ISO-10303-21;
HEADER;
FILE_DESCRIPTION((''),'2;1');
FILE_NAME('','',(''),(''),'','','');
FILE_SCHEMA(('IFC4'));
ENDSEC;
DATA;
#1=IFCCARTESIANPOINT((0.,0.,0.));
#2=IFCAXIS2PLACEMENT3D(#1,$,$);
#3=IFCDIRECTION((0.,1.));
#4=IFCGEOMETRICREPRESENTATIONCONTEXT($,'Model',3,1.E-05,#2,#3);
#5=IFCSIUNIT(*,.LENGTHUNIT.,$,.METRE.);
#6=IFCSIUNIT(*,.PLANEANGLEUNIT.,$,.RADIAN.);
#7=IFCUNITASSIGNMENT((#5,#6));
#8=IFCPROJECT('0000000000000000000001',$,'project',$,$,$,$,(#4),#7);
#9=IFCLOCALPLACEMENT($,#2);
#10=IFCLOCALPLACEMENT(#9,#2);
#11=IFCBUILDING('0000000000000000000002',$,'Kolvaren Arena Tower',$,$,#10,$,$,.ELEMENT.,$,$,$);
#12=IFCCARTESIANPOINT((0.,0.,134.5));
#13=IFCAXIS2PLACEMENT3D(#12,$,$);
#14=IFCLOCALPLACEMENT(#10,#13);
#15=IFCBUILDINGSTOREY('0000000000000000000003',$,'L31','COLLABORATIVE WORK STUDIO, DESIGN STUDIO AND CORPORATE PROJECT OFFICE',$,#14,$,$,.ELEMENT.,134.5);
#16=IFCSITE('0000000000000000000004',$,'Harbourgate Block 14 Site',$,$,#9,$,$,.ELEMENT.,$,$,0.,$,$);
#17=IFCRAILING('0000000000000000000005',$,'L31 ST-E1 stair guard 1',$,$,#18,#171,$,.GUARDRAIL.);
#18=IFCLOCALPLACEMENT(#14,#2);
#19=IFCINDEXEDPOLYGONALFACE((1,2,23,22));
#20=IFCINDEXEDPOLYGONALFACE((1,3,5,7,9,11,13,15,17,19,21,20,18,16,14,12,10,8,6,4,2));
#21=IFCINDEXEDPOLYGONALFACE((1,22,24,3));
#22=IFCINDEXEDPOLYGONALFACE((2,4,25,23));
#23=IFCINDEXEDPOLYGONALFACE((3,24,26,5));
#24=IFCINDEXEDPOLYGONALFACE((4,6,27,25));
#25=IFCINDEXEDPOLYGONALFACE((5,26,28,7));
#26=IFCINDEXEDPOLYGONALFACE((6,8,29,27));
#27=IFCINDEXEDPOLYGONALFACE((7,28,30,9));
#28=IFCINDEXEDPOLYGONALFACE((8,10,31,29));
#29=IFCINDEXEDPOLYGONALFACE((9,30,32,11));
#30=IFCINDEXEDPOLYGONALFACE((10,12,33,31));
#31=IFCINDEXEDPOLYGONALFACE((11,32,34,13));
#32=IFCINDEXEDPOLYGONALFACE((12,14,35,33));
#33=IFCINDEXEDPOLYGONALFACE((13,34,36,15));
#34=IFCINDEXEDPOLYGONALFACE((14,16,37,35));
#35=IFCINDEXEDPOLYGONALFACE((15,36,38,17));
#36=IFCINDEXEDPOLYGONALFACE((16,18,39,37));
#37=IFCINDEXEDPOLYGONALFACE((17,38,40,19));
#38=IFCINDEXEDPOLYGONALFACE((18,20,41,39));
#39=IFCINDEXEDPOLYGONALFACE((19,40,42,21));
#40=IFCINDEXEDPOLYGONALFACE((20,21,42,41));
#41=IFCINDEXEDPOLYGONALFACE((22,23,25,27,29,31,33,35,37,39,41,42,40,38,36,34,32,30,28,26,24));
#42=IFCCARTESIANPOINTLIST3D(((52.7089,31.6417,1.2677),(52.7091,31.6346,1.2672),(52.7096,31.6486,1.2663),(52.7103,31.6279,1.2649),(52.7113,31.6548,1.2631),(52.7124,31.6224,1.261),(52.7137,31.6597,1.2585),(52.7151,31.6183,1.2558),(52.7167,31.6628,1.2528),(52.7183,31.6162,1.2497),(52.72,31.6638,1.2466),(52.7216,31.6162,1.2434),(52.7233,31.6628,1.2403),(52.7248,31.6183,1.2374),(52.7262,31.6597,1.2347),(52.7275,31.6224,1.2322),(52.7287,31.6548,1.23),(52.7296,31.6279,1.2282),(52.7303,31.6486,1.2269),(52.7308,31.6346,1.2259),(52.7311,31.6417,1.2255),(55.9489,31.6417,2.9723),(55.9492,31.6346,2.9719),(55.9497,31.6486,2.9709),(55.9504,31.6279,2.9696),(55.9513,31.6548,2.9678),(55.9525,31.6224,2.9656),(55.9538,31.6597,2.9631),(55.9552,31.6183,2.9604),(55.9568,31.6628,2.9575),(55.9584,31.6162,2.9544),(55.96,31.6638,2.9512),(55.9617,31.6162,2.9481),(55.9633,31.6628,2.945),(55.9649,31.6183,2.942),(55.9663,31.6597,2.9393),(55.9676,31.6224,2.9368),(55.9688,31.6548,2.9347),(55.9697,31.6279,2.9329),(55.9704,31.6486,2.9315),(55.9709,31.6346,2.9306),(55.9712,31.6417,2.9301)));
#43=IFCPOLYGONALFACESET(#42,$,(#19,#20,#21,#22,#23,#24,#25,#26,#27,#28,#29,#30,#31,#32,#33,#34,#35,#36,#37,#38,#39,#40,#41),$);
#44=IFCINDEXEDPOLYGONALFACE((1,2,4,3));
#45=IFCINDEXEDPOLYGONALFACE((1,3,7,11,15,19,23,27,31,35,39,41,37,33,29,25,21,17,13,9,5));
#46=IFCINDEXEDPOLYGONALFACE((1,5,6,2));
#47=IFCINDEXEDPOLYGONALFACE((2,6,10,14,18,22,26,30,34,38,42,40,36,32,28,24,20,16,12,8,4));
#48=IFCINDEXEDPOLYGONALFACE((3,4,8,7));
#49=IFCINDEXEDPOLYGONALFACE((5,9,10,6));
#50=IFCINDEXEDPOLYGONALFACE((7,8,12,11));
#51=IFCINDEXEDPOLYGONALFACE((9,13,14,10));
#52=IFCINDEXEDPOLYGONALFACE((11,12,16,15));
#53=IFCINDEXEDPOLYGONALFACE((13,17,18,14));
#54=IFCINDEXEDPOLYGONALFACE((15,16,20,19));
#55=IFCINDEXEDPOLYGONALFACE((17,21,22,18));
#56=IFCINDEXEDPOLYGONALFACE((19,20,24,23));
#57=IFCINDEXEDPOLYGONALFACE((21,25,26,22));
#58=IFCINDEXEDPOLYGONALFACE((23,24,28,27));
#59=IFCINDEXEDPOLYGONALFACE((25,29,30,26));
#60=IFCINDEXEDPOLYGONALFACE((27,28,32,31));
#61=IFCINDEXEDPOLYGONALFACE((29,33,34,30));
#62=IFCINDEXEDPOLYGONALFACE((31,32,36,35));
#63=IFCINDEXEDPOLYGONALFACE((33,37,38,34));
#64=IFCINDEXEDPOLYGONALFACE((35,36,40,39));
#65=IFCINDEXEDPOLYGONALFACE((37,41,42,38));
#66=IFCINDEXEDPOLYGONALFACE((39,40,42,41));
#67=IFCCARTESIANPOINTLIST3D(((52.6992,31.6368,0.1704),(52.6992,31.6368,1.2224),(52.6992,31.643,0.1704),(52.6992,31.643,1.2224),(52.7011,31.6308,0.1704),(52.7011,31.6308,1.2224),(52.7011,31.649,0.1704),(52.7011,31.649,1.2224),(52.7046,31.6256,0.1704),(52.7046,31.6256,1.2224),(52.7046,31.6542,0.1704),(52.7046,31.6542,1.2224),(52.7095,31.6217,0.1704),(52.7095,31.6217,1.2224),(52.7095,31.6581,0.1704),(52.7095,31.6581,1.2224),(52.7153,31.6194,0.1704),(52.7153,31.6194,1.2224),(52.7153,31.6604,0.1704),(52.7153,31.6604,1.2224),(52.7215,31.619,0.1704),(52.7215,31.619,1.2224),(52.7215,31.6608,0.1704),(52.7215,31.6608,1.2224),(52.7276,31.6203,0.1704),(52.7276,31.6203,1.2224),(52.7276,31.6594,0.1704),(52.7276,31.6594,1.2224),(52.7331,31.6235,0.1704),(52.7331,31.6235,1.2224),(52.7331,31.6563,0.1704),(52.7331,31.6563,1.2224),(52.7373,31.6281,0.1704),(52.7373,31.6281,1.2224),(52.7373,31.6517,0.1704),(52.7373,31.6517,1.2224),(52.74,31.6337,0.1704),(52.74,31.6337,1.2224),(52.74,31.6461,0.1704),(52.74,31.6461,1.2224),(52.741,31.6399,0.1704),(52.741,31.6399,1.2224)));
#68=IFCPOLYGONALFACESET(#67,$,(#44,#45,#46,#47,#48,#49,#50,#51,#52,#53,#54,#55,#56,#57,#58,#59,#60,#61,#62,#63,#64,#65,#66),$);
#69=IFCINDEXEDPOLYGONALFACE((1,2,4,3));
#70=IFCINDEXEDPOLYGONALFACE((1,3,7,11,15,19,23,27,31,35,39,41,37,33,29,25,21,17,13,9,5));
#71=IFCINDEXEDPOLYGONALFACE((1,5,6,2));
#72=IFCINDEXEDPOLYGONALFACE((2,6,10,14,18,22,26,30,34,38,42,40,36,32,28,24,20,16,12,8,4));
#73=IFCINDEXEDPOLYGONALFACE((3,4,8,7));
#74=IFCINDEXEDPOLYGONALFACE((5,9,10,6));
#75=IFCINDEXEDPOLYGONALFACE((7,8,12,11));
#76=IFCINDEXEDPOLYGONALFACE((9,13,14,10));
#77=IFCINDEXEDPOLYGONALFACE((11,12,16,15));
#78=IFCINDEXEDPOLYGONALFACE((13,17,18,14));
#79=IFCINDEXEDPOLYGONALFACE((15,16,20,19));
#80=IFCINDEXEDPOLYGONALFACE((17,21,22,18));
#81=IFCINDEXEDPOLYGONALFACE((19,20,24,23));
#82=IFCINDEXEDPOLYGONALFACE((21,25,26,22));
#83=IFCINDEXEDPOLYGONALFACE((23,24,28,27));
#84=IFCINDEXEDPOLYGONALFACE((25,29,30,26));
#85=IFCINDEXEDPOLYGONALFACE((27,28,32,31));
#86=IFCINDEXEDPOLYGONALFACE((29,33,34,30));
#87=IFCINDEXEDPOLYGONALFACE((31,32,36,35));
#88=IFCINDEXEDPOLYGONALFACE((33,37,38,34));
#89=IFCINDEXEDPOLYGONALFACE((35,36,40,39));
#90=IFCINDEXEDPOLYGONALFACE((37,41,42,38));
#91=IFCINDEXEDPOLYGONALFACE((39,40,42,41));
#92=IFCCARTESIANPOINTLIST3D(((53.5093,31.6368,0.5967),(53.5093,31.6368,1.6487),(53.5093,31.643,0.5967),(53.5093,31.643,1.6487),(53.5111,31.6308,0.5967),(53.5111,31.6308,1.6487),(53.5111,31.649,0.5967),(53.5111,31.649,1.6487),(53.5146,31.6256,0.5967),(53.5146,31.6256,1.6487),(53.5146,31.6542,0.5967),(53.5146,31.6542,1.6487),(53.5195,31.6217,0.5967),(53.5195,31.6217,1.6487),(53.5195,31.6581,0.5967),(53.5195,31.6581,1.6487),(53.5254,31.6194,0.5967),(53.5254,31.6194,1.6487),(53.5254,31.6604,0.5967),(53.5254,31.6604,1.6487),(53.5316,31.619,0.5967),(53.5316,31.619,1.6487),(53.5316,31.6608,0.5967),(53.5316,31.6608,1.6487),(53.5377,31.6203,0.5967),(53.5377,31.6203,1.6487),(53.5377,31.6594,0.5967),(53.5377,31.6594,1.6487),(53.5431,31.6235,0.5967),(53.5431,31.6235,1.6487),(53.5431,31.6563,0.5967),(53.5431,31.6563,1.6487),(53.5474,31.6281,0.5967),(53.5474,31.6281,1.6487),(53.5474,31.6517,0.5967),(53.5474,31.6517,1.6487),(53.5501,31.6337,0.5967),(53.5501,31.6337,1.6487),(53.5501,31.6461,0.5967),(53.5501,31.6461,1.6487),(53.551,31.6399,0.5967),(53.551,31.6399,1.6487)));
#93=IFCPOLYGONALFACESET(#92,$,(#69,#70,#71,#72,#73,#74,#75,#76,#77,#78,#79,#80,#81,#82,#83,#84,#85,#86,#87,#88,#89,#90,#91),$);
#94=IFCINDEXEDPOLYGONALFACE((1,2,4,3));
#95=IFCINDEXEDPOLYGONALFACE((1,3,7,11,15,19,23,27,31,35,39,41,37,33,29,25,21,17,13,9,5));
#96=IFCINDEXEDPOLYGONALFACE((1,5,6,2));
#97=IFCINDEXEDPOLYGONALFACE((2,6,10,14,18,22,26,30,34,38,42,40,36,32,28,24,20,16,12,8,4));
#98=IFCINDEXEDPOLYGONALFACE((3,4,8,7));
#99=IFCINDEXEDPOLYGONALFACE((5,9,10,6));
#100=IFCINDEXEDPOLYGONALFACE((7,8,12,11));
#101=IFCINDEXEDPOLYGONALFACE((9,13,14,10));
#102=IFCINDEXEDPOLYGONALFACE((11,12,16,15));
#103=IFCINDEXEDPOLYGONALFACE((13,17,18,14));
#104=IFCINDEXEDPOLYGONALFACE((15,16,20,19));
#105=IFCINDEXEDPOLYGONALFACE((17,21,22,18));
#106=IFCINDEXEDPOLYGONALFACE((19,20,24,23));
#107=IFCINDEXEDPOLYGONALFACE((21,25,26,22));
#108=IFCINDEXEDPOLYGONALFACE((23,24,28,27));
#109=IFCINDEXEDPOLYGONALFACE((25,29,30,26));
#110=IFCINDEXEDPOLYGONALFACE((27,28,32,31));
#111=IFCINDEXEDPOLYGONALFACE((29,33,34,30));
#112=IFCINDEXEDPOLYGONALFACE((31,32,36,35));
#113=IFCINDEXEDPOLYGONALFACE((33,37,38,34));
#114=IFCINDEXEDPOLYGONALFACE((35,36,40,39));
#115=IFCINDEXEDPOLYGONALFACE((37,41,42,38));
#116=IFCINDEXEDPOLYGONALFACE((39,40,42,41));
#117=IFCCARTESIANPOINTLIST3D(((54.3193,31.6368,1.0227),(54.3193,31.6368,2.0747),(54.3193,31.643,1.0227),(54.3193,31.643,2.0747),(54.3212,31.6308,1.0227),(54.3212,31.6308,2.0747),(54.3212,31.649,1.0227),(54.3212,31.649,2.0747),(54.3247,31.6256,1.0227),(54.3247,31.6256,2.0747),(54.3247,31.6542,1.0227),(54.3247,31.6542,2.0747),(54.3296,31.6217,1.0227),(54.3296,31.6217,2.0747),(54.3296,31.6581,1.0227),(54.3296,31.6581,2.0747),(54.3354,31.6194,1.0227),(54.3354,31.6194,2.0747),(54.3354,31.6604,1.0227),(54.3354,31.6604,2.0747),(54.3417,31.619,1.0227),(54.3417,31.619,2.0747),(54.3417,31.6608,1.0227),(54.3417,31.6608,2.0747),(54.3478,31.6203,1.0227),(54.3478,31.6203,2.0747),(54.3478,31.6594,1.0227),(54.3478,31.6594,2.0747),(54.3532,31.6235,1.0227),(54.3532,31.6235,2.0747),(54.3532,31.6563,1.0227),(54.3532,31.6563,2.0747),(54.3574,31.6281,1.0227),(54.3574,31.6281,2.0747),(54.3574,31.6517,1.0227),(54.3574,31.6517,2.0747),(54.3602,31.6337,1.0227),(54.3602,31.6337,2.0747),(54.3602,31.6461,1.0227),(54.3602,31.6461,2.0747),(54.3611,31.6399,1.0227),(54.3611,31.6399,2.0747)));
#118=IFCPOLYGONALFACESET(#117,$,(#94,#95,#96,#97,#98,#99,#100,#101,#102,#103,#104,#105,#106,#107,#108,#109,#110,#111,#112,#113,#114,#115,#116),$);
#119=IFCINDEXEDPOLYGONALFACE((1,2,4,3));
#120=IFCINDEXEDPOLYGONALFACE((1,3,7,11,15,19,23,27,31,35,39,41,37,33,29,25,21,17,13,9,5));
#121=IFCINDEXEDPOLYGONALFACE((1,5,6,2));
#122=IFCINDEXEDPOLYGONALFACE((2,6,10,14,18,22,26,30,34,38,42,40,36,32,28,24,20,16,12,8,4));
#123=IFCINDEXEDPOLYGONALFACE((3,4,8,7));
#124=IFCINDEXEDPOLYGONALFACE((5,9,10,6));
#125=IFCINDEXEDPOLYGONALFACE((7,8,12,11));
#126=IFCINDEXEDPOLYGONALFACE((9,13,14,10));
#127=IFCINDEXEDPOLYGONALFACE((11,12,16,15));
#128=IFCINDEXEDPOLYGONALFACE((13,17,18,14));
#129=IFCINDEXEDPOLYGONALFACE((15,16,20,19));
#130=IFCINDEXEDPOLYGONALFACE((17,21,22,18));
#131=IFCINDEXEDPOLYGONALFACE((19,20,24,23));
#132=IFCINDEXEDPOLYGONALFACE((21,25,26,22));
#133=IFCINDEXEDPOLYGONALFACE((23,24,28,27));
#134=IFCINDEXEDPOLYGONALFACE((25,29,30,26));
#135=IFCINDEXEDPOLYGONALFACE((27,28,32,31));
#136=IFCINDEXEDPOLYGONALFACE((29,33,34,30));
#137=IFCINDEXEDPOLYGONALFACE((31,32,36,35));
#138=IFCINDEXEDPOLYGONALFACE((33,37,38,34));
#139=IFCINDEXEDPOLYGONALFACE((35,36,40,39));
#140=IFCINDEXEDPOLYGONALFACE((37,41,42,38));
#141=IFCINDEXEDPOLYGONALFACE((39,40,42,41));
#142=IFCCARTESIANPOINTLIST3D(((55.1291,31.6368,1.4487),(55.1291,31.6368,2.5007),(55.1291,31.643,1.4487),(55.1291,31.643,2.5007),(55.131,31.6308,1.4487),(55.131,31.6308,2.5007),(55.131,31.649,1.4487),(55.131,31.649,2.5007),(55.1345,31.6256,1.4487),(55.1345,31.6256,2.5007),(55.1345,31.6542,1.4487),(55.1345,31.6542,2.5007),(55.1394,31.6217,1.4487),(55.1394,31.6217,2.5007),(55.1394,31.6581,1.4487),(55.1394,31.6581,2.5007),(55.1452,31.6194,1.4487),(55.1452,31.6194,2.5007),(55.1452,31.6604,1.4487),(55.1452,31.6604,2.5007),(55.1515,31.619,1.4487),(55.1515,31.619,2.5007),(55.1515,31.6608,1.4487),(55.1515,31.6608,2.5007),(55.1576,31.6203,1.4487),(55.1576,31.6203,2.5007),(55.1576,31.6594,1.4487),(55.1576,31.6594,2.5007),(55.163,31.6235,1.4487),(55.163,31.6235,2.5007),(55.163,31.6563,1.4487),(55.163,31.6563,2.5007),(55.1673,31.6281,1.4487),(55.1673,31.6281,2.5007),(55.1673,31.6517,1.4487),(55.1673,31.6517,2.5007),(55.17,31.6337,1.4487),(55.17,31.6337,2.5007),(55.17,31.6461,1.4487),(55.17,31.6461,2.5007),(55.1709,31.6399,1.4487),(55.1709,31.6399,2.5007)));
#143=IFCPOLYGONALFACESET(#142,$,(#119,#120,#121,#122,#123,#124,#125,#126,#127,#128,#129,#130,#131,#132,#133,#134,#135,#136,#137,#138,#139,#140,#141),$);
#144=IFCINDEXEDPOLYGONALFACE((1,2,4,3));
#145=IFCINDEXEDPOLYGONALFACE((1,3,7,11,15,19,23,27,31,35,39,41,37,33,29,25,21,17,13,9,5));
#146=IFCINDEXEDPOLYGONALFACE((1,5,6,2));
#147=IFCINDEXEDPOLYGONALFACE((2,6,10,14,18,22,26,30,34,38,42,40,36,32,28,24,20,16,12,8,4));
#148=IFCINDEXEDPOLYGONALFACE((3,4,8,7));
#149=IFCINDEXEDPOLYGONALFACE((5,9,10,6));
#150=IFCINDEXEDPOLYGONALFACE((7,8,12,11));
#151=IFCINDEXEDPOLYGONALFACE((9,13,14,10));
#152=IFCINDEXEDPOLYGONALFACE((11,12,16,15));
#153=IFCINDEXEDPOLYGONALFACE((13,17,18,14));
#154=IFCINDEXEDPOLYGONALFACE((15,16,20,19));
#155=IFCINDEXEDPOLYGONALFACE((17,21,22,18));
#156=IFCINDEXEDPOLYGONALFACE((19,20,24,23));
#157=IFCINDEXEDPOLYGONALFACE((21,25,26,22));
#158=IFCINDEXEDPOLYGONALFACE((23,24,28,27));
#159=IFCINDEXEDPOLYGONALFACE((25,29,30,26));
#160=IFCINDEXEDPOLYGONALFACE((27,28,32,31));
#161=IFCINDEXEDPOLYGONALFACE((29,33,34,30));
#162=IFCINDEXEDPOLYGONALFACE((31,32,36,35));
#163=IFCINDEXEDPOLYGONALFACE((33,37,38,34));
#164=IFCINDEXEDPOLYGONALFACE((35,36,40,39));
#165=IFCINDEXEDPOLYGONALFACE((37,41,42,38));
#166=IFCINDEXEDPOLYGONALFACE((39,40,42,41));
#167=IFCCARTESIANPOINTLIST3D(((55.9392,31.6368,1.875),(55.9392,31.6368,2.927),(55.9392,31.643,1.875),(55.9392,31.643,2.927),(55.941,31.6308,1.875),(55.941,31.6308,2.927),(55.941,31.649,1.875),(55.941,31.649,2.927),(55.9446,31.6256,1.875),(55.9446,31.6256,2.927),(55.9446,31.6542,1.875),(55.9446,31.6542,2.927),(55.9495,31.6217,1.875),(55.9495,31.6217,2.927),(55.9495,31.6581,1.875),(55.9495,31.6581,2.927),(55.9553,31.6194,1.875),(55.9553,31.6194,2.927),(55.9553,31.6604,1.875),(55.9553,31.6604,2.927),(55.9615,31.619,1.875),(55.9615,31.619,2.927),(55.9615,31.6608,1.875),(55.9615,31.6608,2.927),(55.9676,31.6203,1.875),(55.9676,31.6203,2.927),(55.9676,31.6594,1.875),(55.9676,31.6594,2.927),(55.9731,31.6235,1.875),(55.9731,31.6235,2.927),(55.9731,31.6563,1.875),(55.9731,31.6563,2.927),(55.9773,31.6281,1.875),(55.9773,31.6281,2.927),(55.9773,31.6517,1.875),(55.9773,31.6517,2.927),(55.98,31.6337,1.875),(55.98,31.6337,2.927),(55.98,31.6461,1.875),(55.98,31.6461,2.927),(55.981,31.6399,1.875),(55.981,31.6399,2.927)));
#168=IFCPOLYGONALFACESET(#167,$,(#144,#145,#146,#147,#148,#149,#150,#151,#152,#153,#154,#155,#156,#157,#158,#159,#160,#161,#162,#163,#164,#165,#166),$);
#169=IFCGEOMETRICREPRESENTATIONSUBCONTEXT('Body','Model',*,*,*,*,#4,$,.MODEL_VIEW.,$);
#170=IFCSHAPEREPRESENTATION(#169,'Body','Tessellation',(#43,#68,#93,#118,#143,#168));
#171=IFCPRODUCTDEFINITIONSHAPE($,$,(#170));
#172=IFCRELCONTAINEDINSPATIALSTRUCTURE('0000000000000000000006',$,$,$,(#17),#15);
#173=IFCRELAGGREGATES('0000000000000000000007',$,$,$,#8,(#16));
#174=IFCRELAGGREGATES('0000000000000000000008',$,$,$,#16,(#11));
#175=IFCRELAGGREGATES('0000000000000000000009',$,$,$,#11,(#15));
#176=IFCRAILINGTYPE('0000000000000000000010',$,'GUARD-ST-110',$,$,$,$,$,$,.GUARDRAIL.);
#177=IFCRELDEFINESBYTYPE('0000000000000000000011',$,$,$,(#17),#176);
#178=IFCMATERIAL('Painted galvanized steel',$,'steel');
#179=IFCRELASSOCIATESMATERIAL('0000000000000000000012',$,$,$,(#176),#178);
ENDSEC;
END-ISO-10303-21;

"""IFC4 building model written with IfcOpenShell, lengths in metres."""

from ifc_helpers import new_model, si_unit, direction, frame, origin, origin_2d, place, context, subcontext, project, spatial, circle, extrude, material, type_object, element, save


model = new_model("IFC4")

# Units and contexts
model_context = context("Model", 3, precision=1e-05, world=origin(), true_north=direction((0.0, 1.0)))
body_context = subcontext(model_context, "Body", "Model", "MODEL_VIEW")
ifc_project = project(units=[si_unit("LENGTHUNIT", "METRE"), si_unit("PLANEANGLEUNIT", "RADIAN")], contexts=[model_context])

# Site, building, storey
site_placement = place(None, origin())
site = spatial("IfcSite", under=ifc_project, at=site_placement, Name="Harbourgate Block 14 Site", CompositionType="ELEMENT", RefElevation=0.0)
building_placement = place(site_placement, origin())
building = spatial("IfcBuilding", under=site, at=building_placement, Name="Kolvaren Arena Tower", CompositionType="ELEMENT")
storey_placement = place(building_placement, frame((0.0, 0.0, 134.5)))
storey = spatial("IfcBuildingStorey", under=building, at=storey_placement, Name="L31", Description="COLLABORATIVE WORK STUDIO, DESIGN STUDIO AND CORPORATE PROJECT OFFICE", CompositionType="ELEMENT", Elevation=134.5)

# Railing
ifc_material_1 = material(Name="Painted galvanized steel", Category="steel")
railing_type_1 = type_object("IfcRailingType", Name="GUARD-ST-110", PredefinedType="GUARDRAIL", material=ifc_material_1)
railing_1_placement = place(storey_placement, frame((52.72, 31.6399, 0.1704)))
element("IfcRailing", 1, at=railing_1_placement, inside=storey, type_object=railing_type_1, Name="L31 ST-E1 stair guard 1", PredefinedType="GUARDRAIL", context=body_context, shape_type="SweptSolid", body=[
    extrude(circle(Radius=0.0239, at=origin_2d()), frame((0.0, 0.0, 1.0762), z_axis=(0.884993, 0.0, 0.465604), x_axis=(0.0, 1.0, 0.0)), (0.0, 0.0, 1.0), 3.6611),
    extrude(circle(Radius=0.021, at=origin_2d()), origin(), (0.0, 0.0, 1.0), 1.052),
    extrude(circle(Radius=0.021, at=origin_2d()), frame((0.8101, 0.0, 0.4263)), (0.0, 0.0, 1.0), 1.052),
    extrude(circle(Radius=0.021, at=origin_2d()), frame((1.6201, 0.0, 0.8523)), (0.0, 0.0, 1.0), 1.052),
    extrude(circle(Radius=0.021, at=origin_2d()), frame((2.4299, 0.0, 1.2783)), (0.0, 0.0, 1.0), 1.052),
    extrude(circle(Radius=0.021, at=origin_2d()), frame((3.24, 0.0, 1.7046)), (0.0, 0.0, 1.0), 1.052),
])

save(model, "model.ifc")
